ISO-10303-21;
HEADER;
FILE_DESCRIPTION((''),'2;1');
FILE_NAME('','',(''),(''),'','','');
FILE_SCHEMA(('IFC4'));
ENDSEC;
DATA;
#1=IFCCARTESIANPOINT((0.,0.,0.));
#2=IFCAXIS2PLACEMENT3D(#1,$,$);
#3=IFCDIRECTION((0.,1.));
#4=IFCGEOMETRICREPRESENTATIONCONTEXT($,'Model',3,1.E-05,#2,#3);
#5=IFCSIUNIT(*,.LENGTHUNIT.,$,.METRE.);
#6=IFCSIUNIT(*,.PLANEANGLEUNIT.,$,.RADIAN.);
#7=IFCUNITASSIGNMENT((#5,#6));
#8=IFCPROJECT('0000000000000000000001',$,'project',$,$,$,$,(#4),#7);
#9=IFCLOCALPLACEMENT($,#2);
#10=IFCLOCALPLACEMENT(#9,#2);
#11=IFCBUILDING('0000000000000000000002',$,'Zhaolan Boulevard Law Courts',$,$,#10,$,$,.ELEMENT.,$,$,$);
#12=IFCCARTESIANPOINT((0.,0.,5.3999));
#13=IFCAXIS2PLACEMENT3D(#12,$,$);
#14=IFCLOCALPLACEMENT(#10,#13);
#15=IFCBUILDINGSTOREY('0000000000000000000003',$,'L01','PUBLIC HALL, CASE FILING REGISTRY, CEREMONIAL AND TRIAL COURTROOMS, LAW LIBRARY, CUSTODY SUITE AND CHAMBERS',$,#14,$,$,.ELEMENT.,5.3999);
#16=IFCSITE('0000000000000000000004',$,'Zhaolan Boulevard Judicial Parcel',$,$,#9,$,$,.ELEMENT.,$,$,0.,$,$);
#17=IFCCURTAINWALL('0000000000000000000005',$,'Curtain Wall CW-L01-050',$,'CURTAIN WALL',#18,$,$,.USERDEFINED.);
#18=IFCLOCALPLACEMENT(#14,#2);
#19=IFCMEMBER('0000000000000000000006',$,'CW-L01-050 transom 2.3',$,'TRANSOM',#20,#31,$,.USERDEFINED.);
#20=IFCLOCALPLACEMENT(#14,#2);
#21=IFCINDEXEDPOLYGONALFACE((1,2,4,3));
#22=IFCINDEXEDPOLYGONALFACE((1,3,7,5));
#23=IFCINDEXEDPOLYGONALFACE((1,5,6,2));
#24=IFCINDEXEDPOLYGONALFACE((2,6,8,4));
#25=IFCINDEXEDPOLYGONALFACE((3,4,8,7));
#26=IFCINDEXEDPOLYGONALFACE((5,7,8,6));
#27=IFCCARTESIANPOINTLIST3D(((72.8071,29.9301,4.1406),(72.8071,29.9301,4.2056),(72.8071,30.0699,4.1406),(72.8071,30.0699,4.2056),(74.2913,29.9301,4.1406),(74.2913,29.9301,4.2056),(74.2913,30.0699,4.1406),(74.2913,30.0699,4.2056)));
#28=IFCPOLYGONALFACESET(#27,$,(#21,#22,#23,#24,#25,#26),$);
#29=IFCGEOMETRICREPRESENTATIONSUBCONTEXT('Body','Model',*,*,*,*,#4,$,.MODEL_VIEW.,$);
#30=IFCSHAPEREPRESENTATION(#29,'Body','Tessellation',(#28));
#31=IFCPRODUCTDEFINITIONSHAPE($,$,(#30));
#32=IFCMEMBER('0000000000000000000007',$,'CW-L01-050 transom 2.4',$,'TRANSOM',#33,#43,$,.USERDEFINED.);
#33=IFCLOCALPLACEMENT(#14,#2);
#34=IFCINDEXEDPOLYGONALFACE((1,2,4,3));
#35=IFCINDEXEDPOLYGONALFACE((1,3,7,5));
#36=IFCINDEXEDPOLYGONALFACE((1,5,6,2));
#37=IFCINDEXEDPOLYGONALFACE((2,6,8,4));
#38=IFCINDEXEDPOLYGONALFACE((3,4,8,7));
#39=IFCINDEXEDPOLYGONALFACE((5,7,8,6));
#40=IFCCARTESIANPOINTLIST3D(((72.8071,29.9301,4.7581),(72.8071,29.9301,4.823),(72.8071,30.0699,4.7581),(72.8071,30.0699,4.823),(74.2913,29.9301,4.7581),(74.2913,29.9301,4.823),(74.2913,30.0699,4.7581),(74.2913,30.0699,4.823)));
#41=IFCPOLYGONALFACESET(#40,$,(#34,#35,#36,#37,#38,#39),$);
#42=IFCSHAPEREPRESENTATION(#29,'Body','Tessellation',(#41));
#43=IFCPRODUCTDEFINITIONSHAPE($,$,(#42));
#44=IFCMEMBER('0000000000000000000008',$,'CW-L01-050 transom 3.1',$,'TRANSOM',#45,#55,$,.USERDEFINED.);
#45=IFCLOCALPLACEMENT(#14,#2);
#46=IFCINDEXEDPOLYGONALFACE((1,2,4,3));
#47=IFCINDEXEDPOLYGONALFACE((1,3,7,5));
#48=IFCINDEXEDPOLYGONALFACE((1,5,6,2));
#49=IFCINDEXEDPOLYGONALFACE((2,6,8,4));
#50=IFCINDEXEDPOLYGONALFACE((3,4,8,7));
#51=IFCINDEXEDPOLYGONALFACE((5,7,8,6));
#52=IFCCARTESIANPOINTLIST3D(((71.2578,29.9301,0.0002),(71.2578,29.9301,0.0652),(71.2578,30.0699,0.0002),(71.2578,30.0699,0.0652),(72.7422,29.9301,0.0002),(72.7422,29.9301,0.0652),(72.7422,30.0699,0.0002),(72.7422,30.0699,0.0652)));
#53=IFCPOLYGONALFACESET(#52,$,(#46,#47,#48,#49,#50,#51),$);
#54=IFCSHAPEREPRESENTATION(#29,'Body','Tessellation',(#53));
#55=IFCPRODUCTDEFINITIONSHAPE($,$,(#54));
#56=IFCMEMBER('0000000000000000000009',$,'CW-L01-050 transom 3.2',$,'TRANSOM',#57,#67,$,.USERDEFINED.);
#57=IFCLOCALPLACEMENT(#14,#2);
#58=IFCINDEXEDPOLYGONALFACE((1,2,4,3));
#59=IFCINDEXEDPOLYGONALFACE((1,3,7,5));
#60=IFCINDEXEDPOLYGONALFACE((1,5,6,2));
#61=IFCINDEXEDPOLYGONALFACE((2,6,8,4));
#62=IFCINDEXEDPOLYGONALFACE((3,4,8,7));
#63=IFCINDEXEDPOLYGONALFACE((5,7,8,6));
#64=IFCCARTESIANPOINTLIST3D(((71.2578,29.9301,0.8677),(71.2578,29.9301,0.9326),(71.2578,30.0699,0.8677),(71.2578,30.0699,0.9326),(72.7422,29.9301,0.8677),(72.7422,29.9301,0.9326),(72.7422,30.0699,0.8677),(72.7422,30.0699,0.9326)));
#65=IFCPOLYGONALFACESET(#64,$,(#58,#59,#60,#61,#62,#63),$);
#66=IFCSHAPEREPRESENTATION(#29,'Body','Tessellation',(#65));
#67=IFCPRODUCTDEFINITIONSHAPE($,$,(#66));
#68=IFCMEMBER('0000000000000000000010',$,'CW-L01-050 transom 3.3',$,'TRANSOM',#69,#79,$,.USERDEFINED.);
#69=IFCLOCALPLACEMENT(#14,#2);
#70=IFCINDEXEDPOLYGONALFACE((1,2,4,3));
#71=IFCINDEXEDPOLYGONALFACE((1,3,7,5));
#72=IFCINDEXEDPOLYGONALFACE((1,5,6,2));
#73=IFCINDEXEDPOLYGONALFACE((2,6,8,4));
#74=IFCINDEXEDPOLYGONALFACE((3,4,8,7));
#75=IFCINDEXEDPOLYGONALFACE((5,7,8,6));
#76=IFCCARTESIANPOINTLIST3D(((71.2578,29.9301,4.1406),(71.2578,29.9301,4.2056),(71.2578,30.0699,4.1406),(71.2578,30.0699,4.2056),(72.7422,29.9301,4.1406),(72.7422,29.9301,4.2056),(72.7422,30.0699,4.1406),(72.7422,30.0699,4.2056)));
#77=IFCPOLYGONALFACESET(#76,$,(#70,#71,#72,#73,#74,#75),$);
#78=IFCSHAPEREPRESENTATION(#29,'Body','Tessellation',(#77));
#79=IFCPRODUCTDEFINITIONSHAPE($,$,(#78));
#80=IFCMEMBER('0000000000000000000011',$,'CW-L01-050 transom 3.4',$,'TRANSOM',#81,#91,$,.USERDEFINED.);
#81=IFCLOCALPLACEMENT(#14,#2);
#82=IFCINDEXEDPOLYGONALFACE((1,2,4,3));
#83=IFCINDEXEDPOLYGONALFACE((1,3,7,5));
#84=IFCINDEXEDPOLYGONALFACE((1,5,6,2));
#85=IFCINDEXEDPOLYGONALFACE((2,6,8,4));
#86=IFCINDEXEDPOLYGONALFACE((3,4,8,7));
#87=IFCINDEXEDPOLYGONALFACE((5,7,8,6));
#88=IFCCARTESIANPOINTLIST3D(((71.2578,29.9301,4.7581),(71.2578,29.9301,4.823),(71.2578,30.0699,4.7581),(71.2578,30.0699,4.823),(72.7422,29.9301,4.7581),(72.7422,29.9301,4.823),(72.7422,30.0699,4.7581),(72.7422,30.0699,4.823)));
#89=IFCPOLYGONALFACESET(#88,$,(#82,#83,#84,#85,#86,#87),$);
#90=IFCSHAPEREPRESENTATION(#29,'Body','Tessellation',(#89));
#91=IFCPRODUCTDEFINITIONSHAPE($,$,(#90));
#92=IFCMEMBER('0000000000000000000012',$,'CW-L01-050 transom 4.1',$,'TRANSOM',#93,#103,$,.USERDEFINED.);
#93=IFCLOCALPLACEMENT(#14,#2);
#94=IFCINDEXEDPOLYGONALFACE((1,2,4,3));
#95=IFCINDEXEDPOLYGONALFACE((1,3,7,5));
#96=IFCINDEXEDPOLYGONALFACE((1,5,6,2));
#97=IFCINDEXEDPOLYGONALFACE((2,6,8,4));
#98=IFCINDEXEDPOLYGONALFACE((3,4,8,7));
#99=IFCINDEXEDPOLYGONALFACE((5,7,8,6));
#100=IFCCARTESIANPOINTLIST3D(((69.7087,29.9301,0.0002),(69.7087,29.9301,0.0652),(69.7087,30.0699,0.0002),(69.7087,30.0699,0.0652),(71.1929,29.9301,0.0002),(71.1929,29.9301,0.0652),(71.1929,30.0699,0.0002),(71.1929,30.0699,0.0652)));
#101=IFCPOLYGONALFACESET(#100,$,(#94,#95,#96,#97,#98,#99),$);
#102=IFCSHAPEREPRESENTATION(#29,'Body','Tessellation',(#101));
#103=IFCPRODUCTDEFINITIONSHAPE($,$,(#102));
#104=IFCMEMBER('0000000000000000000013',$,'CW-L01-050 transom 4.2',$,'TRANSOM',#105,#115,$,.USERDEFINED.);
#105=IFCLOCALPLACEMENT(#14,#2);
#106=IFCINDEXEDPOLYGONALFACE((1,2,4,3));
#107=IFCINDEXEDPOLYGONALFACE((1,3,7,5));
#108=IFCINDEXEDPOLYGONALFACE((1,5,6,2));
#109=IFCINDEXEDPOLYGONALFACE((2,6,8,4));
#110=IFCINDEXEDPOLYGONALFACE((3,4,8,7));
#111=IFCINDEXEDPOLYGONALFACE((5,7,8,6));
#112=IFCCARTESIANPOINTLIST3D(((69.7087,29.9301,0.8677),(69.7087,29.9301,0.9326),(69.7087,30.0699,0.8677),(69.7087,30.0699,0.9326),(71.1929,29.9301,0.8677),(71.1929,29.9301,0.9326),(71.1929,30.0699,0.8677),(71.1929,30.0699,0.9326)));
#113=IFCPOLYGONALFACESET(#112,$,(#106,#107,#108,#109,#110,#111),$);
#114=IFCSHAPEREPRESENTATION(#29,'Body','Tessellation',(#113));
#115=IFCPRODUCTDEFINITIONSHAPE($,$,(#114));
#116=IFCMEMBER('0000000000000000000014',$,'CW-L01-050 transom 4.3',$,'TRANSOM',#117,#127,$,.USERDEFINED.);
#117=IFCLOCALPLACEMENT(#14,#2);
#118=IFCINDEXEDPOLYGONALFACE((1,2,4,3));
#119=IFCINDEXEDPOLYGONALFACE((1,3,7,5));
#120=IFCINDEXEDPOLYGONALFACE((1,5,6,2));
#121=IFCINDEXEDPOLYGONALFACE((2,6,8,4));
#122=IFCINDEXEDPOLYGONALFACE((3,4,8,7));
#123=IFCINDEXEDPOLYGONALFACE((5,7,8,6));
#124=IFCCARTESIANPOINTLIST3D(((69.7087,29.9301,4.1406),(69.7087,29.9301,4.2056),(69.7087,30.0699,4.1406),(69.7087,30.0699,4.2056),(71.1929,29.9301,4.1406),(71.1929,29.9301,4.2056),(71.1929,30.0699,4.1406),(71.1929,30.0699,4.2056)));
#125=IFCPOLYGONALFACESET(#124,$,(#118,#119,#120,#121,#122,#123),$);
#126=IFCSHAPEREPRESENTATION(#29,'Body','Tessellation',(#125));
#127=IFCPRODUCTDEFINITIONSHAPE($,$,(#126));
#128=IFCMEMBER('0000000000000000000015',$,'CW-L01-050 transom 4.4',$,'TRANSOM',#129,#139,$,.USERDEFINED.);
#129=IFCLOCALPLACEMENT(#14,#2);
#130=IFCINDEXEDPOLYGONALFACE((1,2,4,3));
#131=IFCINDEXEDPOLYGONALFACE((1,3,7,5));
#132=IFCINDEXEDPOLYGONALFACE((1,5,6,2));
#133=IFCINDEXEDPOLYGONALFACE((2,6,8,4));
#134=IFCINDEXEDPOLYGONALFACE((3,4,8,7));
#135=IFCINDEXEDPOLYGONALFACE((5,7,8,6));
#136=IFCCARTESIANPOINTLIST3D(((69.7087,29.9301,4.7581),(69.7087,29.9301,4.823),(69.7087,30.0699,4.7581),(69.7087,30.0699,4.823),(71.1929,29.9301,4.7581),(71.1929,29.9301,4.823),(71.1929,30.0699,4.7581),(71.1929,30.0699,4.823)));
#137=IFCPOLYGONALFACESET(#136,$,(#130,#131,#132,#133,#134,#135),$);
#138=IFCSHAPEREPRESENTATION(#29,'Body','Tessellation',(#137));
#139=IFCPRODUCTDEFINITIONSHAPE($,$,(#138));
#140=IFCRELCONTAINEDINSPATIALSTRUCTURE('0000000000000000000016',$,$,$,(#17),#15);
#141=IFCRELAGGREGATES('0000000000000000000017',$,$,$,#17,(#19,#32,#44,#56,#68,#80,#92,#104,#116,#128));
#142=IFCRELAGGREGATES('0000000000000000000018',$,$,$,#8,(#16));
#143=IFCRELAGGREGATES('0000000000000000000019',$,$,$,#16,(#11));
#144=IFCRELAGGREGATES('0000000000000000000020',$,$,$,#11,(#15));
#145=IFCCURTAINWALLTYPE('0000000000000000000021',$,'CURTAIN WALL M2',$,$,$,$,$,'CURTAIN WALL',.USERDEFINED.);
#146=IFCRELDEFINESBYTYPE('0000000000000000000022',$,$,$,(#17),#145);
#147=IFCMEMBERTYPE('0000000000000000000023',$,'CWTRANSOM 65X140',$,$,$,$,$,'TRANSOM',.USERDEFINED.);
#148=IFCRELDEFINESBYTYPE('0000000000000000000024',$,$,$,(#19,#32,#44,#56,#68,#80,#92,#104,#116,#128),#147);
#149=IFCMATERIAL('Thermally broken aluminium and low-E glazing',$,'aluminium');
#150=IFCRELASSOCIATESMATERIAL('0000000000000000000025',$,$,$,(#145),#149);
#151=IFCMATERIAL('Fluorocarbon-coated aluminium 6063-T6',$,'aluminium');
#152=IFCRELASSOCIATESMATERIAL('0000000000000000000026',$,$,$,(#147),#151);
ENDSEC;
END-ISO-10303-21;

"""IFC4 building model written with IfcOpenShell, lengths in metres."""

from ifc_helpers import new_model, si_unit, direction, frame, origin, origin_2d, place, context, subcontext, project, spatial, rectangle, extrude, material, material_profile, profile_set, type_object, element, aggregate, save


model = new_model("IFC4")

# Units and contexts
model_context = context("Model", 3, precision=1e-05, world=origin(), true_north=direction((0.0, 1.0)))
body_context = subcontext(model_context, "Body", "Model", "MODEL_VIEW")
ifc_project = project(units=[si_unit("LENGTHUNIT", "METRE"), si_unit("PLANEANGLEUNIT", "RADIAN")], contexts=[model_context])

# Site, building, storey
site_placement = place(None, origin())
site = spatial("IfcSite", under=ifc_project, at=site_placement, Name="Zhaolan Boulevard Judicial Parcel", CompositionType="ELEMENT", RefElevation=0.0)
building_placement = place(site_placement, origin())
building = spatial("IfcBuilding", under=site, at=building_placement, Name="Zhaolan Boulevard Law Courts", CompositionType="ELEMENT")
storey_placement = place(building_placement, frame((0.0, 0.0, 5.3999)))
storey = spatial("IfcBuildingStorey", under=building, at=storey_placement, Name="L01", Description="PUBLIC HALL, CASE FILING REGISTRY, CEREMONIAL AND TRIAL COURTROOMS, LAW LIBRARY, CUSTODY SUITE AND CHAMBERS", CompositionType="ELEMENT", Elevation=5.3999)

# Curtain wall
ifc_material_1 = material(Name="Thermally broken aluminium and low-E glazing", Category="aluminium")
curtain_wall_type_1 = type_object("IfcCurtainWallType", Name="CURTAIN WALL M2", ElementType="CURTAIN WALL", PredefinedType="USERDEFINED", material=ifc_material_1)
curtain_wall_1_placement = place(storey_placement, origin())
curtain_wall_1 = element("IfcCurtainWall", 1, at=curtain_wall_1_placement, inside=storey, type_object=curtain_wall_type_1, Name="Curtain Wall CW-L01-050", ObjectType="CURTAIN WALL", PredefinedType="USERDEFINED")

# Members
ifc_material_2 = material(Name="Fluorocarbon-coated aluminium 6063-T6", Category="aluminium")
ifc_material_profile_1 = material_profile(ifc_material_2, rectangle(XDim=0.1399, YDim=0.0649, at=origin_2d()), Name="AL65x140")
ifc_profile_set_1 = profile_set([ifc_material_profile_1], Name="Fluorocarbon-coated aluminium 6063-T6")
member_type_1 = type_object("IfcMemberType", Name="CWTRANSOM 65X140", ElementType="TRANSOM", PredefinedType="USERDEFINED", material=ifc_profile_set_1)
member_1_placement = place(storey_placement, frame((74.2913, 30.0, 4.1731), z_axis=(-1.0, 0.0, 0.0), x_axis=(0.0, -1.0, 0.0)))
member_1 = element("IfcMember", 2, at=member_1_placement, type_object=member_type_1, Name="CW-L01-050 transom 2.3", ObjectType="TRANSOM", PredefinedType="USERDEFINED", context=body_context, shape_type="SweptSolid", body=[
    extrude(rectangle(XDim=0.1399, YDim=0.0649, at=origin_2d()), origin(), (0.0, 0.0, 1.0), 1.4841),
])
member_2_placement = place(storey_placement, frame((74.2913, 30.0, 4.7905), z_axis=(-1.0, 0.0, 0.0), x_axis=(0.0, -1.0, 0.0)))
member_2 = element("IfcMember", 3, at=member_2_placement, type_object=member_type_1, Name="CW-L01-050 transom 2.4", ObjectType="TRANSOM", PredefinedType="USERDEFINED", context=body_context, shape_type="SweptSolid", body=[
    extrude(rectangle(XDim=0.1399, YDim=0.0649, at=origin_2d()), origin(), (0.0, 0.0, 1.0), 1.4841),
])
member_3_placement = place(storey_placement, frame((72.7422, 30.0, 0.0327), z_axis=(-1.0, 0.0, 0.0), x_axis=(0.0, -1.0, 0.0)))
member_3 = element("IfcMember", 4, at=member_3_placement, type_object=member_type_1, Name="CW-L01-050 transom 3.1", ObjectType="TRANSOM", PredefinedType="USERDEFINED", context=body_context, shape_type="SweptSolid", body=[
    extrude(rectangle(XDim=0.1399, YDim=0.0649, at=origin_2d()), origin(), (0.0, 0.0, 1.0), 1.4844),
])
member_4_placement = place(storey_placement, frame((72.7422, 30.0, 0.9001), z_axis=(-1.0, 0.0, 0.0), x_axis=(0.0, -1.0, 0.0)))
member_4 = element("IfcMember", 5, at=member_4_placement, type_object=member_type_1, Name="CW-L01-050 transom 3.2", ObjectType="TRANSOM", PredefinedType="USERDEFINED", context=body_context, shape_type="SweptSolid", body=[
    extrude(rectangle(XDim=0.1399, YDim=0.0649, at=origin_2d()), origin(), (0.0, 0.0, 1.0), 1.4844),
])
member_5_placement = place(storey_placement, frame((72.7422, 30.0, 4.1731), z_axis=(-1.0, 0.0, 0.0), x_axis=(0.0, -1.0, 0.0)))
member_5 = element("IfcMember", 6, at=member_5_placement, type_object=member_type_1, Name="CW-L01-050 transom 3.3", ObjectType="TRANSOM", PredefinedType="USERDEFINED", context=body_context, shape_type="SweptSolid", body=[
    extrude(rectangle(XDim=0.1399, YDim=0.0649, at=origin_2d()), origin(), (0.0, 0.0, 1.0), 1.4844),
])
member_6_placement = place(storey_placement, frame((72.7422, 30.0, 4.7905), z_axis=(-1.0, 0.0, 0.0), x_axis=(0.0, -1.0, 0.0)))
member_6 = element("IfcMember", 7, at=member_6_placement, type_object=member_type_1, Name="CW-L01-050 transom 3.4", ObjectType="TRANSOM", PredefinedType="USERDEFINED", context=body_context, shape_type="SweptSolid", body=[
    extrude(rectangle(XDim=0.1399, YDim=0.0649, at=origin_2d()), origin(), (0.0, 0.0, 1.0), 1.4844),
])
member_7_placement = place(storey_placement, frame((71.1929, 30.0, 0.0327), z_axis=(-1.0, 0.0, 0.0), x_axis=(0.0, -1.0, 0.0)))
member_7 = element("IfcMember", 8, at=member_7_placement, type_object=member_type_1, Name="CW-L01-050 transom 4.1", ObjectType="TRANSOM", PredefinedType="USERDEFINED", context=body_context, shape_type="SweptSolid", body=[
    extrude(rectangle(XDim=0.1399, YDim=0.0649, at=origin_2d()), origin(), (0.0, 0.0, 1.0), 1.4841),
])
member_8_placement = place(storey_placement, frame((71.1929, 30.0, 0.9001), z_axis=(-1.0, 0.0, 0.0), x_axis=(0.0, -1.0, 0.0)))
member_8 = element("IfcMember", 9, at=member_8_placement, type_object=member_type_1, Name="CW-L01-050 transom 4.2", ObjectType="TRANSOM", PredefinedType="USERDEFINED", context=body_context, shape_type="SweptSolid", body=[
    extrude(rectangle(XDim=0.1399, YDim=0.0649, at=origin_2d()), origin(), (0.0, 0.0, 1.0), 1.4841),
])
member_9_placement = place(storey_placement, frame((71.1929, 30.0, 4.1731), z_axis=(-1.0, 0.0, 0.0), x_axis=(0.0, -1.0, 0.0)))
member_9 = element("IfcMember", 10, at=member_9_placement, type_object=member_type_1, Name="CW-L01-050 transom 4.3", ObjectType="TRANSOM", PredefinedType="USERDEFINED", context=body_context, shape_type="SweptSolid", body=[
    extrude(rectangle(XDim=0.1399, YDim=0.0649, at=origin_2d()), origin(), (0.0, 0.0, 1.0), 1.4841),
])
member_10_placement = place(storey_placement, frame((71.1929, 30.0, 4.7905), z_axis=(-1.0, 0.0, 0.0), x_axis=(0.0, -1.0, 0.0)))
member_10 = element("IfcMember", 11, at=member_10_placement, type_object=member_type_1, Name="CW-L01-050 transom 4.4", ObjectType="TRANSOM", PredefinedType="USERDEFINED", context=body_context, shape_type="SweptSolid", body=[
    extrude(rectangle(XDim=0.1399, YDim=0.0649, at=origin_2d()), origin(), (0.0, 0.0, 1.0), 1.4841),
])

aggregate(curtain_wall_1, [member_1, member_2, member_3, member_4, member_5, member_6, member_7, member_8, member_9, member_10])

save(model, "model.ifc")
